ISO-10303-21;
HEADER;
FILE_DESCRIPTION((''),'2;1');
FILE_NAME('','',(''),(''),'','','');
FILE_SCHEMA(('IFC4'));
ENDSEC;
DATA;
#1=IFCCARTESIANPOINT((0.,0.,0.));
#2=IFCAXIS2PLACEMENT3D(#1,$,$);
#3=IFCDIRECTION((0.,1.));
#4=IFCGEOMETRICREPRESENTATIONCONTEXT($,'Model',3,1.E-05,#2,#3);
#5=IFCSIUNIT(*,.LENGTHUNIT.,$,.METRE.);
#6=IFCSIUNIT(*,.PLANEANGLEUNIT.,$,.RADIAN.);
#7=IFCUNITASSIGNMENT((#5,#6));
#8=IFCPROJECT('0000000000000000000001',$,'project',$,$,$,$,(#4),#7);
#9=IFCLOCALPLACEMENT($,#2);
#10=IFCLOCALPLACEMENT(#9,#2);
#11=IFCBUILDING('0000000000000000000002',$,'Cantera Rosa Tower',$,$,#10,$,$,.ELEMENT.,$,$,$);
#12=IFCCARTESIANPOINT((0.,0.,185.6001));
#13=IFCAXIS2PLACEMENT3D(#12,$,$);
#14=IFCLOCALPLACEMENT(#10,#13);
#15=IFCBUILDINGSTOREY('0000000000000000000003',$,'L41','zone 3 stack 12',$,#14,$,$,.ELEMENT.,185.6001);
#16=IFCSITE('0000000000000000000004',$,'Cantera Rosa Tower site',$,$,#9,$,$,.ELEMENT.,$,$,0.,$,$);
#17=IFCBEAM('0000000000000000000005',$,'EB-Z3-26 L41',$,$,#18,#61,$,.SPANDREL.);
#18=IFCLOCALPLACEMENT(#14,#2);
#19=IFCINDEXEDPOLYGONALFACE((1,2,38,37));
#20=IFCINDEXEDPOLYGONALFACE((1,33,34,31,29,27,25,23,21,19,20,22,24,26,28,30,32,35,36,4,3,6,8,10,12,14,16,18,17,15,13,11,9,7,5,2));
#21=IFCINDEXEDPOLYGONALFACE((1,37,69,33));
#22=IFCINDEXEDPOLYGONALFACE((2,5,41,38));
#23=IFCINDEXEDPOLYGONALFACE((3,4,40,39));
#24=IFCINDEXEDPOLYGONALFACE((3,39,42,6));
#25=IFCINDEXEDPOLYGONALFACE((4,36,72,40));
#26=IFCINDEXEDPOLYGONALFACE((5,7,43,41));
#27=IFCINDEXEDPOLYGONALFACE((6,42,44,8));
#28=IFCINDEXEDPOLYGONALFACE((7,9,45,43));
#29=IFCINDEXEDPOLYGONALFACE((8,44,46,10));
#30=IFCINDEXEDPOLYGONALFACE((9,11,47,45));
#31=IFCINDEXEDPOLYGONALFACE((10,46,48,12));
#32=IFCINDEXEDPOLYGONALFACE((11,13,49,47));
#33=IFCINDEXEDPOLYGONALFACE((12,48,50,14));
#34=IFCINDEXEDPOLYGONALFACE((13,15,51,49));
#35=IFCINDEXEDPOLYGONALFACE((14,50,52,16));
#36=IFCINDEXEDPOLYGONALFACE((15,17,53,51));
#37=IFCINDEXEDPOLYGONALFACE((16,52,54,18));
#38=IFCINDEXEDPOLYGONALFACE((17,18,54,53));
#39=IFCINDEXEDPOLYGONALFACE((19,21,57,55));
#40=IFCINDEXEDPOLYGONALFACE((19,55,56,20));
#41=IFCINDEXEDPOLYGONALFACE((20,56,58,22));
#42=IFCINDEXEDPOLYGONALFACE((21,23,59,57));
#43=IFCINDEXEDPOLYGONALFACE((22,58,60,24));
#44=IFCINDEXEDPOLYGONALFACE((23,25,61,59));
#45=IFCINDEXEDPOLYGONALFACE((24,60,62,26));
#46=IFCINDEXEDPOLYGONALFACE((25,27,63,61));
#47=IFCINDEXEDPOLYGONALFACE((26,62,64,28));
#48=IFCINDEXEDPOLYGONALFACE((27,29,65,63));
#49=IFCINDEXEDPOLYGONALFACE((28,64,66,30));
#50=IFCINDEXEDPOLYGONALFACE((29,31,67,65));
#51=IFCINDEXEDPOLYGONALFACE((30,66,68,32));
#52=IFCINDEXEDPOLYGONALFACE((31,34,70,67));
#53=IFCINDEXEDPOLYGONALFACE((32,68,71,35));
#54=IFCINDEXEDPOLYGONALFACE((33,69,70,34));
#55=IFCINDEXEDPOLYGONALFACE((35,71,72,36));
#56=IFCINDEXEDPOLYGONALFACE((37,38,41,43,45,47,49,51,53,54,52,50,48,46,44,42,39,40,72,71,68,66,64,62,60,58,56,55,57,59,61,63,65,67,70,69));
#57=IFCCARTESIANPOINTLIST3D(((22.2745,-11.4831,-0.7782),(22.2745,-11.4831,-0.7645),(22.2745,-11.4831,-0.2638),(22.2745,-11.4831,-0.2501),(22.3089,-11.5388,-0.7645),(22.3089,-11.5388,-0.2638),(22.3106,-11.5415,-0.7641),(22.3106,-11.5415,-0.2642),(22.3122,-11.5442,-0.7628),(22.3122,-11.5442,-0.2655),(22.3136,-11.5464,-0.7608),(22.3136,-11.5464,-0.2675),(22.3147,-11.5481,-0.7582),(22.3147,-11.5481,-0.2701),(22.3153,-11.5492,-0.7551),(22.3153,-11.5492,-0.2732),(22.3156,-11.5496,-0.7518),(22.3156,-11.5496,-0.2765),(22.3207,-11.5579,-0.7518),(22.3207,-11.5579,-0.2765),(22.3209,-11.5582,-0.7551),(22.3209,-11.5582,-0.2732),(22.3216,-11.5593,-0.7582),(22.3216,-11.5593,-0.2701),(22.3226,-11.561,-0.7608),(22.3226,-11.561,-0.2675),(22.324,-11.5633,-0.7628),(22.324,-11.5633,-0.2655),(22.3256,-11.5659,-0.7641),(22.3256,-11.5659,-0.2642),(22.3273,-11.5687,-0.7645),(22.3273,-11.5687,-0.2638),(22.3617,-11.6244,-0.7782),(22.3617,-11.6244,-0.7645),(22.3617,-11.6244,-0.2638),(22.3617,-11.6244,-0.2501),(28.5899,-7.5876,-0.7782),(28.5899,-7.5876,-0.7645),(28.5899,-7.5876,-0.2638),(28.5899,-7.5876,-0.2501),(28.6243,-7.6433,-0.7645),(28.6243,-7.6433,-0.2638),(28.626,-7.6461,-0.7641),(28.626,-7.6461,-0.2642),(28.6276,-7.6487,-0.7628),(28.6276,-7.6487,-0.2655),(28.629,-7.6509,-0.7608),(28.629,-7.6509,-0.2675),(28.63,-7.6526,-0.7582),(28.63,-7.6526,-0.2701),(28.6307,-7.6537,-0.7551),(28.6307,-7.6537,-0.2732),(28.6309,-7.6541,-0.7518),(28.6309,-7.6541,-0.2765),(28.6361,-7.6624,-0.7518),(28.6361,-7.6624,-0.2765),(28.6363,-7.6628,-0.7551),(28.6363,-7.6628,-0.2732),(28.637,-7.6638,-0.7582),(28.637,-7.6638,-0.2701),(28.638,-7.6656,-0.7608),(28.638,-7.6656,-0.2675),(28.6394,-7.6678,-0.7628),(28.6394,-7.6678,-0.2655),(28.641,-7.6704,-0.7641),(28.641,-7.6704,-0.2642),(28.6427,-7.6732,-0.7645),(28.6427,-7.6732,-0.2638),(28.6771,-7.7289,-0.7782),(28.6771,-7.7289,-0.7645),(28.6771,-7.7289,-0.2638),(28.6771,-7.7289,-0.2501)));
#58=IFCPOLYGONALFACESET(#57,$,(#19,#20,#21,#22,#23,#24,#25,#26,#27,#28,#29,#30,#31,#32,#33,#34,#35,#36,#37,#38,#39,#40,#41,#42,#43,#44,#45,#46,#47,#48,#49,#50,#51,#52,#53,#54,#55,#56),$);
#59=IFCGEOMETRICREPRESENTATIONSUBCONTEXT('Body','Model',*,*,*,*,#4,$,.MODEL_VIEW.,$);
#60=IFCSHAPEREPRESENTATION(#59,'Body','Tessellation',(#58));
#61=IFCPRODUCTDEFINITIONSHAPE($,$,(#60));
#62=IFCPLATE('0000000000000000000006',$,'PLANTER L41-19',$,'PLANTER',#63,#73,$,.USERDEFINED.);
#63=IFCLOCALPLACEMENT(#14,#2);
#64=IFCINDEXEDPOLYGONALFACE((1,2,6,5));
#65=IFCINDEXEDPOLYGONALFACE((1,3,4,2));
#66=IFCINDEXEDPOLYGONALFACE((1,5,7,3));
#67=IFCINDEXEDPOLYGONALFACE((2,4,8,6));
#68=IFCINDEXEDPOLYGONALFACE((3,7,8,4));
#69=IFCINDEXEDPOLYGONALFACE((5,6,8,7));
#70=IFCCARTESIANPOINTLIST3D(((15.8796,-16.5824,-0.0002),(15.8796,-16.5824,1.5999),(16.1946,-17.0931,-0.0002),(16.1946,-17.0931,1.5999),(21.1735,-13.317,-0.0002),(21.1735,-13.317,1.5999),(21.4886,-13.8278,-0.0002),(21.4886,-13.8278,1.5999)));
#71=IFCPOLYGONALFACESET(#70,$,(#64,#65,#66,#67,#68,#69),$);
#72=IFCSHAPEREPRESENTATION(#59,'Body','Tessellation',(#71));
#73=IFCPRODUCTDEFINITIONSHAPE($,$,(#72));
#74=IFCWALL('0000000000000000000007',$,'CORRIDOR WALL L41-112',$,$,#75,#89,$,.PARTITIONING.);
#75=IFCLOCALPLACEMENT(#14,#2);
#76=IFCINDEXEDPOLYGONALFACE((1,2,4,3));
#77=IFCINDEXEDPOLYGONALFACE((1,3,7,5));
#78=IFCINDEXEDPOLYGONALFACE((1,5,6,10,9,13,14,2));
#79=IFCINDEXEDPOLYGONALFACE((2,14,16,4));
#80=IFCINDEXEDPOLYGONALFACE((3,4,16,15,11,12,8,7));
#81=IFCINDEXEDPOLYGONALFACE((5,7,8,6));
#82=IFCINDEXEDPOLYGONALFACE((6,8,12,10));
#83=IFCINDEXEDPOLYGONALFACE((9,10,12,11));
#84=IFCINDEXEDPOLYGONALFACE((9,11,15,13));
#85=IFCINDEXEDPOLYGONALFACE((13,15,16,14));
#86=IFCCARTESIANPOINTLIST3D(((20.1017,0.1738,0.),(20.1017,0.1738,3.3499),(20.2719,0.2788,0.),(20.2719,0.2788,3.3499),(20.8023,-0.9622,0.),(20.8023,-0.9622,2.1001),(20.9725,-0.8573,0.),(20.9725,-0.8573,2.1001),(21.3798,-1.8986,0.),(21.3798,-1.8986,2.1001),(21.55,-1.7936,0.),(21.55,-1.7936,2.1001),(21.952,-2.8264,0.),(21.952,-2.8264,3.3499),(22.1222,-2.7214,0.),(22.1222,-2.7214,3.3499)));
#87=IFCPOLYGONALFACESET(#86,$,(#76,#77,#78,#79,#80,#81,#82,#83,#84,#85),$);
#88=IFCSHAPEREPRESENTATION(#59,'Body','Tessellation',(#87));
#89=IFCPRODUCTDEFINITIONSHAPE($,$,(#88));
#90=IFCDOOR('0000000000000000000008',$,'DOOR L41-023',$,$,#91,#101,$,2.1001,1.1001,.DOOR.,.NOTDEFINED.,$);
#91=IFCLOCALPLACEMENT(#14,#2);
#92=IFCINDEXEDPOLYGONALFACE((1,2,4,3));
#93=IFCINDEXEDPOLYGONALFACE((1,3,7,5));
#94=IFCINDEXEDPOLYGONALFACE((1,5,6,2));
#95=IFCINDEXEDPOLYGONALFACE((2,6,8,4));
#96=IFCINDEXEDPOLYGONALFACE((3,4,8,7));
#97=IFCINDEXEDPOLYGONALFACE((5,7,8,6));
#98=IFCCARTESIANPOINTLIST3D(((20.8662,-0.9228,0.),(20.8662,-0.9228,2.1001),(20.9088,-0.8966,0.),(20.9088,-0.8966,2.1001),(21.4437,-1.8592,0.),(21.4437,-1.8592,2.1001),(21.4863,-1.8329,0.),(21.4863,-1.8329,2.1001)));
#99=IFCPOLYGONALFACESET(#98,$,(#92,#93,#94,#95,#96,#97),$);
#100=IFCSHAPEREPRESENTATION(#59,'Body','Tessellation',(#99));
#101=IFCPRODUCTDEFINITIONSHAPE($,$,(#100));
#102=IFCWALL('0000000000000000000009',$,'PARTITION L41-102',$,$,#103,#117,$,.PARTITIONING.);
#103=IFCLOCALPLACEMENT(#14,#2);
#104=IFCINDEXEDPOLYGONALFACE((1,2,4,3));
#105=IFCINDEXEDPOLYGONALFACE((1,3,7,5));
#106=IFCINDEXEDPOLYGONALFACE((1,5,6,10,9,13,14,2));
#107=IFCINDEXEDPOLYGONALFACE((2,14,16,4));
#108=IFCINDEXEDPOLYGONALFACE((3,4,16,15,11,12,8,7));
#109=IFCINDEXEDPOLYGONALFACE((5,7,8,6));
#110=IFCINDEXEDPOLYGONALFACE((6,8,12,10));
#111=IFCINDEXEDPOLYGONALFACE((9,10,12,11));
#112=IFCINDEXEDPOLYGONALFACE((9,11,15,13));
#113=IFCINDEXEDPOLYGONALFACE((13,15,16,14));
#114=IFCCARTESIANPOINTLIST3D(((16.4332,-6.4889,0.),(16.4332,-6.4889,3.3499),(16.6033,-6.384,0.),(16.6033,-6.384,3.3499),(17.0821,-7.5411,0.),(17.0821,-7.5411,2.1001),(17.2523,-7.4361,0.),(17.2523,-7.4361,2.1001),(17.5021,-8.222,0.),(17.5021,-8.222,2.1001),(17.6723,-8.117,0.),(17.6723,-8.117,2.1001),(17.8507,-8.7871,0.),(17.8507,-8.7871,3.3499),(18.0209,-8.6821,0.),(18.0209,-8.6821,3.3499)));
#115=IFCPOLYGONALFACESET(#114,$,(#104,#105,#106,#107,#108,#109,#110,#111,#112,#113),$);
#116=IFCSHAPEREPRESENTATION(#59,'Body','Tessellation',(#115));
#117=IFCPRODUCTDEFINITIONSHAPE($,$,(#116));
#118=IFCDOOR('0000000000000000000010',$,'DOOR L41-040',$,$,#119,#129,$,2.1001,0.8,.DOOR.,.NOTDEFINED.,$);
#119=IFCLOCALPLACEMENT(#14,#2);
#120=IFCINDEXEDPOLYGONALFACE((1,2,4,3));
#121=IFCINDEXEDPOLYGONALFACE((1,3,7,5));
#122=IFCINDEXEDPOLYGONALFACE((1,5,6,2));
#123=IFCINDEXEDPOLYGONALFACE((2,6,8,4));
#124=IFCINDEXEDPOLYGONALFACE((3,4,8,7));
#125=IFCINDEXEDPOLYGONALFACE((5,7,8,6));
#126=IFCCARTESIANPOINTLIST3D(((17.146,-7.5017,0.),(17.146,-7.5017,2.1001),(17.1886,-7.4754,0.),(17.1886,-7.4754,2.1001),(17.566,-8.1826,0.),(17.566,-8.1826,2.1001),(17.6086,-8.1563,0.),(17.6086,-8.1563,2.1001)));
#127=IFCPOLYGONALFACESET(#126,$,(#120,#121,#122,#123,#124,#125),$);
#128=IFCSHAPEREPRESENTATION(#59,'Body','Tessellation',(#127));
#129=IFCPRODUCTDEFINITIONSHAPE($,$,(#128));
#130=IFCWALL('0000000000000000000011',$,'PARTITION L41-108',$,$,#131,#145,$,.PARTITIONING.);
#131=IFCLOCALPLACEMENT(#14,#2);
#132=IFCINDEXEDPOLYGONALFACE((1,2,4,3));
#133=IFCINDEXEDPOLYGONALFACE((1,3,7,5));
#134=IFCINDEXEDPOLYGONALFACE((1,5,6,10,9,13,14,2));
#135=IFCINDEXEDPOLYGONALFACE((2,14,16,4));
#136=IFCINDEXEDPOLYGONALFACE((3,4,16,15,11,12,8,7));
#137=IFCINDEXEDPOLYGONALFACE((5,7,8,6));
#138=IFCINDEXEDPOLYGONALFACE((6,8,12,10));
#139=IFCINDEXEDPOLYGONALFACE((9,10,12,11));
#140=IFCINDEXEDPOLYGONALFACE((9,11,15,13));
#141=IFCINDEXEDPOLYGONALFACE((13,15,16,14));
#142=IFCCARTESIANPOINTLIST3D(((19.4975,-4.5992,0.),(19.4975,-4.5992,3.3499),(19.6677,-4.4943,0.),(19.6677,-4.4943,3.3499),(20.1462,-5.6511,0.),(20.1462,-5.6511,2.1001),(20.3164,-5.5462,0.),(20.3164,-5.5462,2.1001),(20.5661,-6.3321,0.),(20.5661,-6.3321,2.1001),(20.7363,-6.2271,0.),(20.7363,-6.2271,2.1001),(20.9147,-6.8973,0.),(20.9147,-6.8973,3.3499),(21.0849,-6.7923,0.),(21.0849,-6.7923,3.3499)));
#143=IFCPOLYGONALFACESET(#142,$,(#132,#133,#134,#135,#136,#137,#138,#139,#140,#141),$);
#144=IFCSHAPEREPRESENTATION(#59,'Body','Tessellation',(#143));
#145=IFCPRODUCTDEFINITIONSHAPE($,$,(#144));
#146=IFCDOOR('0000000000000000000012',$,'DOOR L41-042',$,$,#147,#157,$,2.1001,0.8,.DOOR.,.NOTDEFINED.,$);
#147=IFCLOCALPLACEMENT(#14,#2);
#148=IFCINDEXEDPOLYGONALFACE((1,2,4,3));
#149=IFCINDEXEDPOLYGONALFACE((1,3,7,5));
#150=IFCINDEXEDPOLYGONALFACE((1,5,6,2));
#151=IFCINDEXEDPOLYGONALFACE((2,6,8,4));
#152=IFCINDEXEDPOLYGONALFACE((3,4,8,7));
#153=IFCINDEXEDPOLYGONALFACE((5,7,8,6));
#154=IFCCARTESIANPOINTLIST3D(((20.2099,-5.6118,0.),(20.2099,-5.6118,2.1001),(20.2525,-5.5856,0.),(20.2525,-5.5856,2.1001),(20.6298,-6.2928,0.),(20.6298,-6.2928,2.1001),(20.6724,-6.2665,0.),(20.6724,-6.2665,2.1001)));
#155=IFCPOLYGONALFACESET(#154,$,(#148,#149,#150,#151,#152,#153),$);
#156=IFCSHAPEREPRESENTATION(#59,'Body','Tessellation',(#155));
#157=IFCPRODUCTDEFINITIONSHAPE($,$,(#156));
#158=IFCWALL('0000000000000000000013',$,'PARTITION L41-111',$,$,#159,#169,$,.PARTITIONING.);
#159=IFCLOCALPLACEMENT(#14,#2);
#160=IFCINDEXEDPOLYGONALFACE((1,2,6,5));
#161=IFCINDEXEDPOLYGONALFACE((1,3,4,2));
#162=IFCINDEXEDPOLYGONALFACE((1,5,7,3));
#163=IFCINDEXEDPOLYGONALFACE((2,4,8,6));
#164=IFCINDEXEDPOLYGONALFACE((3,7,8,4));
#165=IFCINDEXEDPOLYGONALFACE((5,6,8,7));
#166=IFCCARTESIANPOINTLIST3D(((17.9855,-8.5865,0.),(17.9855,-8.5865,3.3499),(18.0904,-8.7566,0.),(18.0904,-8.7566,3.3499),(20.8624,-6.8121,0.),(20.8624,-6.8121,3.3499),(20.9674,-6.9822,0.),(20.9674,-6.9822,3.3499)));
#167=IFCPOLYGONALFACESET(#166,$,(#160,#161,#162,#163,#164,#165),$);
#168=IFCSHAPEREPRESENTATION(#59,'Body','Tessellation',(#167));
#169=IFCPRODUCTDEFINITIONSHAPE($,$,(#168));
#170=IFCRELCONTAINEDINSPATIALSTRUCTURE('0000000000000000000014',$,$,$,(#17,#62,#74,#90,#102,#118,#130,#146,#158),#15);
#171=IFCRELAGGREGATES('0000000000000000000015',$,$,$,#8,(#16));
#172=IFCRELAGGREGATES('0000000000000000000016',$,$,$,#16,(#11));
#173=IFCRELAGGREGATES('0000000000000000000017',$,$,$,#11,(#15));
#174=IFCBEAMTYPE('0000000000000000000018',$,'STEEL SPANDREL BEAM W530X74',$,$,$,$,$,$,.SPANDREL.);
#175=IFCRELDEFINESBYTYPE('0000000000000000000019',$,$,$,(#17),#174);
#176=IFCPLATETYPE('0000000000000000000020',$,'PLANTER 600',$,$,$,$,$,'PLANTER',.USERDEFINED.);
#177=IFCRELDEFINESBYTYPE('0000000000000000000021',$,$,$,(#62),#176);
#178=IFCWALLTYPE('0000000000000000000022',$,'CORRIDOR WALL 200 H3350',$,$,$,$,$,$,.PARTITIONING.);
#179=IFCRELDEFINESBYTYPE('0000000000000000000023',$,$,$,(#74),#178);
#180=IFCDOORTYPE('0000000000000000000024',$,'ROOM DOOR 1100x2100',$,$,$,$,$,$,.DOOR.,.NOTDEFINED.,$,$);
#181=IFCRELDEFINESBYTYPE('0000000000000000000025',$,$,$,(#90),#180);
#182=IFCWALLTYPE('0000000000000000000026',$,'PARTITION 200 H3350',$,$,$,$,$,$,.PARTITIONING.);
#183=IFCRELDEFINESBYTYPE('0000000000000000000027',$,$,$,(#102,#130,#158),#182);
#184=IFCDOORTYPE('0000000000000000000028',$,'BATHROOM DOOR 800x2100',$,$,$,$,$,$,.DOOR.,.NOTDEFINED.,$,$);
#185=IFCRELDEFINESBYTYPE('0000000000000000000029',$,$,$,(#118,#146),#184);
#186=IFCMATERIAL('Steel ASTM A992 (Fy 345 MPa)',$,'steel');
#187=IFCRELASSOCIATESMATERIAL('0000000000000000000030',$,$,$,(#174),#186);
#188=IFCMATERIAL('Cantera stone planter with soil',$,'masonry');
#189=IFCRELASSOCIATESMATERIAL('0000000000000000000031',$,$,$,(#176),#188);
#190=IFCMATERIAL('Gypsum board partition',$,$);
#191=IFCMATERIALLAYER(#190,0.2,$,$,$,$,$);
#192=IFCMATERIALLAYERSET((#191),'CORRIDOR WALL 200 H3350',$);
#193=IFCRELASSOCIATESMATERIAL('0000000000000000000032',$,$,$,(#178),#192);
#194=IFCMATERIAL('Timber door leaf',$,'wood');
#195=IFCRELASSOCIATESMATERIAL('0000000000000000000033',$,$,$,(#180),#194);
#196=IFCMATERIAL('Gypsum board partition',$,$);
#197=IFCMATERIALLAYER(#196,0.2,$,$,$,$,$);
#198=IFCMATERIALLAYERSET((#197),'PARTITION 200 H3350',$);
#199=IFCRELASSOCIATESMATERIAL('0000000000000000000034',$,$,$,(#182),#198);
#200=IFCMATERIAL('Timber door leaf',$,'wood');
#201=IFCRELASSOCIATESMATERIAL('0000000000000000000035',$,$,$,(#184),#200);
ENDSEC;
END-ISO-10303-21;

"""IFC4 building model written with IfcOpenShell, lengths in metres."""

from ifc_helpers import new_model, si_unit, direction, frame, frame_2d, origin, origin_2d, place, context, subcontext, project, spatial, rectangle, i_section, extrude, material, layer, layer_set, material_profile, profile_set, type_object, element, fill, save


model = new_model("IFC4")

# Units and contexts
model_context = context("Model", 3, precision=1e-05, world=origin(), true_north=direction((0.0, 1.0)))
body_context = subcontext(model_context, "Body", "Model", "MODEL_VIEW")
ifc_project = project(units=[si_unit("LENGTHUNIT", "METRE"), si_unit("PLANEANGLEUNIT", "RADIAN")], contexts=[model_context])

# Site, building, storey
site_placement = place(None, origin())
site = spatial("IfcSite", under=ifc_project, at=site_placement, Name="Cantera Rosa Tower site", CompositionType="ELEMENT", RefElevation=0.0)
building_placement = place(site_placement, origin())
building = spatial("IfcBuilding", under=site, at=building_placement, Name="Cantera Rosa Tower", CompositionType="ELEMENT")
storey_placement = place(building_placement, frame((0.0, 0.0, 185.6001)))
storey = spatial("IfcBuildingStorey", under=building, at=storey_placement, Name="L41", Description="zone 3 stack 12", CompositionType="ELEMENT", Elevation=185.6001)

# Beam
ifc_material_1 = material(Name="Steel ASTM A992 (Fy 345 MPa)", Category="steel")
ifc_material_profile_1 = material_profile(ifc_material_1, i_section(OverallWidth=0.166, OverallDepth=0.5281, WebThickness=0.0098, FlangeThickness=0.0137, FilletRadius=0.0127, at=origin_2d()), Name="W530X74")
ifc_profile_set_1 = profile_set([ifc_material_profile_1], Name="Steel ASTM A992 (Fy 345 MPa)")
beam_type_1 = type_object("IfcBeamType", Name="STEEL SPANDREL BEAM W530X74", PredefinedType="SPANDREL", material=ifc_profile_set_1)
for number, where, z_axis, x_axis, name in (
    (1, (22.3181, -11.5537, -0.5142), (0.851111, 0.524986, 0.0), (-0.524986, 0.851111, 0.0), "EB-Z3-26 L41"),
):
    element("IfcBeam", number, at=place(storey_placement, frame(where, z_axis=z_axis, x_axis=x_axis)), inside=storey, type_object=beam_type_1, Name=name, PredefinedType="SPANDREL", context=body_context, shape_type="SweptSolid", body=[
        extrude(i_section(OverallWidth=0.166, OverallDepth=0.5281, WebThickness=0.0098, FlangeThickness=0.0137, FilletRadius=0.0127, at=origin_2d()), origin(), (0.0, 0.0, 1.0), 7.4202),
    ])

# Plate
ifc_material_2 = material(Name="Cantera stone planter with soil", Category="masonry")
plate_type = type_object("IfcPlateType", Name="PLANTER 600", ElementType="PLANTER", PredefinedType="USERDEFINED", material=ifc_material_2)
plate_placement = place(storey_placement, frame((18.6841, -15.2051, -0.0002), z_axis=(0.0, 0.0, 1.0), x_axis=(0.851117, 0.524977, 0.0)))
element("IfcPlate", 2, at=plate_placement, inside=storey, type_object=plate_type, Name="PLANTER L41-19", ObjectType="PLANTER", PredefinedType="USERDEFINED", context=body_context, shape_type="SweptSolid", body=[
    extrude(rectangle(XDim=6.22, YDim=0.6001, at=origin_2d()), origin(), (0.0, 0.0, 1.0), 1.6001),
])

# Wall, opening, door
ifc_material_3 = material(Name="Gypsum board partition")
ifc_layer_1 = layer(ifc_material_3, 0.2)
ifc_layer_set_1 = layer_set([ifc_layer_1], Name="CORRIDOR WALL 200 H3350")
wall_type_1 = type_object("IfcWallType", Name="CORRIDOR WALL 200 H3350", PredefinedType="PARTITIONING", material=ifc_layer_set_1)
wall_1_placement = place(storey_placement, frame((22.0371, -2.7739, 0.0), z_axis=(0.0, 0.0, 1.0), x_axis=(-0.524928, 0.851147, 0.0)))
wall_1 = element("IfcWall", 3, at=wall_1_placement, inside=storey, type_object=wall_type_1, Name="CORRIDOR WALL L41-112", PredefinedType="PARTITIONING", context=body_context, shape_type="SweptSolid", body=[
    extrude(rectangle(XDim=3.5249, YDim=0.2, at=frame_2d((1.7625, 0.0))), origin(), (0.0, 0.0, 1.0), 3.3499),
])
opening_1_placement = place(wall_1_placement, frame((1.0901, 0.0, 0.0)))
opening_1 = element("IfcOpeningElement", 4, at=opening_1_placement, cuts=wall_1, PredefinedType="OPENING", context=body_context, shape_type="SweptSolid", body=[
    extrude(rectangle(XDim=1.1001, YDim=2.1001, at=frame_2d((0.55, 1.05))), frame((0.0, 0.1099, 0.0), z_axis=(0.0, -1.0, 0.0), x_axis=(1.0, 0.0, 0.0)), (0.0, 0.0, 1.0), 0.22),
])
ifc_material_4 = material(Name="Timber door leaf", Category="wood")
door_type_1 = type_object("IfcDoorType", Name="ROOM DOOR 1100x2100", OperationType="NOTDEFINED", PredefinedType="DOOR", material=ifc_material_4)
door_1_placement = place(opening_1_placement, origin())
door_1 = element("IfcDoor", 5, at=door_1_placement, inside=storey, type_object=door_type_1, Name="DOOR L41-023", OperationType="NOTDEFINED", OverallHeight=2.1001, OverallWidth=1.1001, PredefinedType="DOOR", context=body_context, shape_type="SweptSolid", body=[
    extrude(rectangle(XDim=1.1001, YDim=2.1001, at=frame_2d((0.55, 1.05))), frame((0.0, 0.0249, 0.0), z_axis=(0.0, -1.0, 0.0), x_axis=(1.0, 0.0, 0.0)), (0.0, 0.0, 1.0), 0.05),
])
fill(opening_1, door_1)

# Walls, openings, doors
ifc_material_5 = material(Name="Gypsum board partition")
ifc_layer_2 = layer(ifc_material_5, 0.2)
ifc_layer_set_2 = layer_set([ifc_layer_2], Name="PARTITION 200 H3350")
wall_type_2 = type_object("IfcWallType", Name="PARTITION 200 H3350", PredefinedType="PARTITIONING", material=ifc_layer_set_2)
wall_2_placement = place(storey_placement, frame((17.9358, -8.7346, 0.0), z_axis=(0.0, 0.0, 1.0), x_axis=(-0.524975, 0.851118, 0.0)))
wall_2 = element("IfcWall", 6, at=wall_2_placement, inside=storey, type_object=wall_type_2, Name="PARTITION L41-102", PredefinedType="PARTITIONING", context=body_context, shape_type="SweptSolid", body=[
    extrude(rectangle(XDim=2.7002, YDim=0.2, at=frame_2d((1.3501, 0.0))), origin(), (0.0, 0.0, 1.0), 3.3499),
])
opening_2_placement = place(wall_2_placement, frame((0.6641, 0.0, 0.0)))
opening_2 = element("IfcOpeningElement", 7, at=opening_2_placement, cuts=wall_2, PredefinedType="OPENING", context=body_context, shape_type="SweptSolid", body=[
    extrude(rectangle(XDim=0.8, YDim=2.1001, at=frame_2d((0.3999, 1.05))), frame((0.0, 0.1099, 0.0), z_axis=(0.0, -1.0, 0.0), x_axis=(1.0, 0.0, 0.0)), (0.0, 0.0, 1.0), 0.22),
])
ifc_material_6 = material(Name="Timber door leaf", Category="wood")
door_type_2 = type_object("IfcDoorType", Name="BATHROOM DOOR 800x2100", OperationType="NOTDEFINED", PredefinedType="DOOR", material=ifc_material_6)
door_2_placement = place(opening_2_placement, origin())
door_2 = element("IfcDoor", 8, at=door_2_placement, inside=storey, type_object=door_type_2, Name="DOOR L41-040", OperationType="NOTDEFINED", OverallHeight=2.1001, OverallWidth=0.8, PredefinedType="DOOR", context=body_context, shape_type="SweptSolid", body=[
    extrude(rectangle(XDim=0.8, YDim=2.1001, at=frame_2d((0.3999, 1.05))), frame((0.0, 0.0249, 0.0), z_axis=(0.0, -1.0, 0.0), x_axis=(1.0, 0.0, 0.0)), (0.0, 0.0, 1.0), 0.05),
])
fill(opening_2, door_2)
wall_3_placement = place(storey_placement, frame((19.5825, -4.5466, 0.0), z_axis=(0.0, 0.0, 1.0), x_axis=(0.524909, -0.851158, 0.0)))
wall_3 = element("IfcWall", 9, at=wall_3_placement, inside=storey, type_object=wall_type_2, Name="PARTITION L41-108", PredefinedType="PARTITIONING", context=body_context, shape_type="SweptSolid", body=[
    extrude(rectangle(XDim=2.7, YDim=0.2, at=frame_2d((1.3501, 0.0))), origin(), (0.0, 0.0, 1.0), 3.3499),
])
opening_3_placement = place(wall_3_placement, frame((1.2361, 0.0, 0.0)))
opening_3 = element("IfcOpeningElement", 10, at=opening_3_placement, cuts=wall_3, PredefinedType="OPENING", context=body_context, shape_type="SweptSolid", body=[
    extrude(rectangle(XDim=0.8, YDim=2.1001, at=frame_2d((0.3999, 1.05))), frame((0.0, 0.1099, 0.0), z_axis=(0.0, -1.0, 0.0), x_axis=(1.0, 0.0, 0.0)), (0.0, 0.0, 1.0), 0.22),
])
door_3_placement = place(opening_3_placement, origin())
door_3 = element("IfcDoor", 11, at=door_3_placement, inside=storey, type_object=door_type_2, Name="DOOR L41-042", OperationType="NOTDEFINED", OverallHeight=2.1001, OverallWidth=0.8, PredefinedType="DOOR", context=body_context, shape_type="SweptSolid", body=[
    extrude(rectangle(XDim=0.8, YDim=2.1001, at=frame_2d((0.3999, 1.05))), frame((0.0, 0.0249, 0.0), z_axis=(0.0, -1.0, 0.0), x_axis=(1.0, 0.0, 0.0)), (0.0, 0.0, 1.0), 0.05),
])
fill(opening_3, door_3)

# Wall
wall_4_placement = place(storey_placement, frame((20.9148, -6.8972, 0.0), z_axis=(0.0, 0.0, 1.0), x_axis=(-0.851132, -0.524951, 0.0)))
element("IfcWall", 12, at=wall_4_placement, inside=storey, type_object=wall_type_2, Name="PARTITION L41-111", PredefinedType="PARTITIONING", context=body_context, shape_type="SweptSolid", body=[
    extrude(rectangle(XDim=3.3801, YDim=0.2, at=frame_2d((1.6899, 0.0))), origin(), (0.0, 0.0, 1.0), 3.3499),
])

save(model, "model.ifc")
